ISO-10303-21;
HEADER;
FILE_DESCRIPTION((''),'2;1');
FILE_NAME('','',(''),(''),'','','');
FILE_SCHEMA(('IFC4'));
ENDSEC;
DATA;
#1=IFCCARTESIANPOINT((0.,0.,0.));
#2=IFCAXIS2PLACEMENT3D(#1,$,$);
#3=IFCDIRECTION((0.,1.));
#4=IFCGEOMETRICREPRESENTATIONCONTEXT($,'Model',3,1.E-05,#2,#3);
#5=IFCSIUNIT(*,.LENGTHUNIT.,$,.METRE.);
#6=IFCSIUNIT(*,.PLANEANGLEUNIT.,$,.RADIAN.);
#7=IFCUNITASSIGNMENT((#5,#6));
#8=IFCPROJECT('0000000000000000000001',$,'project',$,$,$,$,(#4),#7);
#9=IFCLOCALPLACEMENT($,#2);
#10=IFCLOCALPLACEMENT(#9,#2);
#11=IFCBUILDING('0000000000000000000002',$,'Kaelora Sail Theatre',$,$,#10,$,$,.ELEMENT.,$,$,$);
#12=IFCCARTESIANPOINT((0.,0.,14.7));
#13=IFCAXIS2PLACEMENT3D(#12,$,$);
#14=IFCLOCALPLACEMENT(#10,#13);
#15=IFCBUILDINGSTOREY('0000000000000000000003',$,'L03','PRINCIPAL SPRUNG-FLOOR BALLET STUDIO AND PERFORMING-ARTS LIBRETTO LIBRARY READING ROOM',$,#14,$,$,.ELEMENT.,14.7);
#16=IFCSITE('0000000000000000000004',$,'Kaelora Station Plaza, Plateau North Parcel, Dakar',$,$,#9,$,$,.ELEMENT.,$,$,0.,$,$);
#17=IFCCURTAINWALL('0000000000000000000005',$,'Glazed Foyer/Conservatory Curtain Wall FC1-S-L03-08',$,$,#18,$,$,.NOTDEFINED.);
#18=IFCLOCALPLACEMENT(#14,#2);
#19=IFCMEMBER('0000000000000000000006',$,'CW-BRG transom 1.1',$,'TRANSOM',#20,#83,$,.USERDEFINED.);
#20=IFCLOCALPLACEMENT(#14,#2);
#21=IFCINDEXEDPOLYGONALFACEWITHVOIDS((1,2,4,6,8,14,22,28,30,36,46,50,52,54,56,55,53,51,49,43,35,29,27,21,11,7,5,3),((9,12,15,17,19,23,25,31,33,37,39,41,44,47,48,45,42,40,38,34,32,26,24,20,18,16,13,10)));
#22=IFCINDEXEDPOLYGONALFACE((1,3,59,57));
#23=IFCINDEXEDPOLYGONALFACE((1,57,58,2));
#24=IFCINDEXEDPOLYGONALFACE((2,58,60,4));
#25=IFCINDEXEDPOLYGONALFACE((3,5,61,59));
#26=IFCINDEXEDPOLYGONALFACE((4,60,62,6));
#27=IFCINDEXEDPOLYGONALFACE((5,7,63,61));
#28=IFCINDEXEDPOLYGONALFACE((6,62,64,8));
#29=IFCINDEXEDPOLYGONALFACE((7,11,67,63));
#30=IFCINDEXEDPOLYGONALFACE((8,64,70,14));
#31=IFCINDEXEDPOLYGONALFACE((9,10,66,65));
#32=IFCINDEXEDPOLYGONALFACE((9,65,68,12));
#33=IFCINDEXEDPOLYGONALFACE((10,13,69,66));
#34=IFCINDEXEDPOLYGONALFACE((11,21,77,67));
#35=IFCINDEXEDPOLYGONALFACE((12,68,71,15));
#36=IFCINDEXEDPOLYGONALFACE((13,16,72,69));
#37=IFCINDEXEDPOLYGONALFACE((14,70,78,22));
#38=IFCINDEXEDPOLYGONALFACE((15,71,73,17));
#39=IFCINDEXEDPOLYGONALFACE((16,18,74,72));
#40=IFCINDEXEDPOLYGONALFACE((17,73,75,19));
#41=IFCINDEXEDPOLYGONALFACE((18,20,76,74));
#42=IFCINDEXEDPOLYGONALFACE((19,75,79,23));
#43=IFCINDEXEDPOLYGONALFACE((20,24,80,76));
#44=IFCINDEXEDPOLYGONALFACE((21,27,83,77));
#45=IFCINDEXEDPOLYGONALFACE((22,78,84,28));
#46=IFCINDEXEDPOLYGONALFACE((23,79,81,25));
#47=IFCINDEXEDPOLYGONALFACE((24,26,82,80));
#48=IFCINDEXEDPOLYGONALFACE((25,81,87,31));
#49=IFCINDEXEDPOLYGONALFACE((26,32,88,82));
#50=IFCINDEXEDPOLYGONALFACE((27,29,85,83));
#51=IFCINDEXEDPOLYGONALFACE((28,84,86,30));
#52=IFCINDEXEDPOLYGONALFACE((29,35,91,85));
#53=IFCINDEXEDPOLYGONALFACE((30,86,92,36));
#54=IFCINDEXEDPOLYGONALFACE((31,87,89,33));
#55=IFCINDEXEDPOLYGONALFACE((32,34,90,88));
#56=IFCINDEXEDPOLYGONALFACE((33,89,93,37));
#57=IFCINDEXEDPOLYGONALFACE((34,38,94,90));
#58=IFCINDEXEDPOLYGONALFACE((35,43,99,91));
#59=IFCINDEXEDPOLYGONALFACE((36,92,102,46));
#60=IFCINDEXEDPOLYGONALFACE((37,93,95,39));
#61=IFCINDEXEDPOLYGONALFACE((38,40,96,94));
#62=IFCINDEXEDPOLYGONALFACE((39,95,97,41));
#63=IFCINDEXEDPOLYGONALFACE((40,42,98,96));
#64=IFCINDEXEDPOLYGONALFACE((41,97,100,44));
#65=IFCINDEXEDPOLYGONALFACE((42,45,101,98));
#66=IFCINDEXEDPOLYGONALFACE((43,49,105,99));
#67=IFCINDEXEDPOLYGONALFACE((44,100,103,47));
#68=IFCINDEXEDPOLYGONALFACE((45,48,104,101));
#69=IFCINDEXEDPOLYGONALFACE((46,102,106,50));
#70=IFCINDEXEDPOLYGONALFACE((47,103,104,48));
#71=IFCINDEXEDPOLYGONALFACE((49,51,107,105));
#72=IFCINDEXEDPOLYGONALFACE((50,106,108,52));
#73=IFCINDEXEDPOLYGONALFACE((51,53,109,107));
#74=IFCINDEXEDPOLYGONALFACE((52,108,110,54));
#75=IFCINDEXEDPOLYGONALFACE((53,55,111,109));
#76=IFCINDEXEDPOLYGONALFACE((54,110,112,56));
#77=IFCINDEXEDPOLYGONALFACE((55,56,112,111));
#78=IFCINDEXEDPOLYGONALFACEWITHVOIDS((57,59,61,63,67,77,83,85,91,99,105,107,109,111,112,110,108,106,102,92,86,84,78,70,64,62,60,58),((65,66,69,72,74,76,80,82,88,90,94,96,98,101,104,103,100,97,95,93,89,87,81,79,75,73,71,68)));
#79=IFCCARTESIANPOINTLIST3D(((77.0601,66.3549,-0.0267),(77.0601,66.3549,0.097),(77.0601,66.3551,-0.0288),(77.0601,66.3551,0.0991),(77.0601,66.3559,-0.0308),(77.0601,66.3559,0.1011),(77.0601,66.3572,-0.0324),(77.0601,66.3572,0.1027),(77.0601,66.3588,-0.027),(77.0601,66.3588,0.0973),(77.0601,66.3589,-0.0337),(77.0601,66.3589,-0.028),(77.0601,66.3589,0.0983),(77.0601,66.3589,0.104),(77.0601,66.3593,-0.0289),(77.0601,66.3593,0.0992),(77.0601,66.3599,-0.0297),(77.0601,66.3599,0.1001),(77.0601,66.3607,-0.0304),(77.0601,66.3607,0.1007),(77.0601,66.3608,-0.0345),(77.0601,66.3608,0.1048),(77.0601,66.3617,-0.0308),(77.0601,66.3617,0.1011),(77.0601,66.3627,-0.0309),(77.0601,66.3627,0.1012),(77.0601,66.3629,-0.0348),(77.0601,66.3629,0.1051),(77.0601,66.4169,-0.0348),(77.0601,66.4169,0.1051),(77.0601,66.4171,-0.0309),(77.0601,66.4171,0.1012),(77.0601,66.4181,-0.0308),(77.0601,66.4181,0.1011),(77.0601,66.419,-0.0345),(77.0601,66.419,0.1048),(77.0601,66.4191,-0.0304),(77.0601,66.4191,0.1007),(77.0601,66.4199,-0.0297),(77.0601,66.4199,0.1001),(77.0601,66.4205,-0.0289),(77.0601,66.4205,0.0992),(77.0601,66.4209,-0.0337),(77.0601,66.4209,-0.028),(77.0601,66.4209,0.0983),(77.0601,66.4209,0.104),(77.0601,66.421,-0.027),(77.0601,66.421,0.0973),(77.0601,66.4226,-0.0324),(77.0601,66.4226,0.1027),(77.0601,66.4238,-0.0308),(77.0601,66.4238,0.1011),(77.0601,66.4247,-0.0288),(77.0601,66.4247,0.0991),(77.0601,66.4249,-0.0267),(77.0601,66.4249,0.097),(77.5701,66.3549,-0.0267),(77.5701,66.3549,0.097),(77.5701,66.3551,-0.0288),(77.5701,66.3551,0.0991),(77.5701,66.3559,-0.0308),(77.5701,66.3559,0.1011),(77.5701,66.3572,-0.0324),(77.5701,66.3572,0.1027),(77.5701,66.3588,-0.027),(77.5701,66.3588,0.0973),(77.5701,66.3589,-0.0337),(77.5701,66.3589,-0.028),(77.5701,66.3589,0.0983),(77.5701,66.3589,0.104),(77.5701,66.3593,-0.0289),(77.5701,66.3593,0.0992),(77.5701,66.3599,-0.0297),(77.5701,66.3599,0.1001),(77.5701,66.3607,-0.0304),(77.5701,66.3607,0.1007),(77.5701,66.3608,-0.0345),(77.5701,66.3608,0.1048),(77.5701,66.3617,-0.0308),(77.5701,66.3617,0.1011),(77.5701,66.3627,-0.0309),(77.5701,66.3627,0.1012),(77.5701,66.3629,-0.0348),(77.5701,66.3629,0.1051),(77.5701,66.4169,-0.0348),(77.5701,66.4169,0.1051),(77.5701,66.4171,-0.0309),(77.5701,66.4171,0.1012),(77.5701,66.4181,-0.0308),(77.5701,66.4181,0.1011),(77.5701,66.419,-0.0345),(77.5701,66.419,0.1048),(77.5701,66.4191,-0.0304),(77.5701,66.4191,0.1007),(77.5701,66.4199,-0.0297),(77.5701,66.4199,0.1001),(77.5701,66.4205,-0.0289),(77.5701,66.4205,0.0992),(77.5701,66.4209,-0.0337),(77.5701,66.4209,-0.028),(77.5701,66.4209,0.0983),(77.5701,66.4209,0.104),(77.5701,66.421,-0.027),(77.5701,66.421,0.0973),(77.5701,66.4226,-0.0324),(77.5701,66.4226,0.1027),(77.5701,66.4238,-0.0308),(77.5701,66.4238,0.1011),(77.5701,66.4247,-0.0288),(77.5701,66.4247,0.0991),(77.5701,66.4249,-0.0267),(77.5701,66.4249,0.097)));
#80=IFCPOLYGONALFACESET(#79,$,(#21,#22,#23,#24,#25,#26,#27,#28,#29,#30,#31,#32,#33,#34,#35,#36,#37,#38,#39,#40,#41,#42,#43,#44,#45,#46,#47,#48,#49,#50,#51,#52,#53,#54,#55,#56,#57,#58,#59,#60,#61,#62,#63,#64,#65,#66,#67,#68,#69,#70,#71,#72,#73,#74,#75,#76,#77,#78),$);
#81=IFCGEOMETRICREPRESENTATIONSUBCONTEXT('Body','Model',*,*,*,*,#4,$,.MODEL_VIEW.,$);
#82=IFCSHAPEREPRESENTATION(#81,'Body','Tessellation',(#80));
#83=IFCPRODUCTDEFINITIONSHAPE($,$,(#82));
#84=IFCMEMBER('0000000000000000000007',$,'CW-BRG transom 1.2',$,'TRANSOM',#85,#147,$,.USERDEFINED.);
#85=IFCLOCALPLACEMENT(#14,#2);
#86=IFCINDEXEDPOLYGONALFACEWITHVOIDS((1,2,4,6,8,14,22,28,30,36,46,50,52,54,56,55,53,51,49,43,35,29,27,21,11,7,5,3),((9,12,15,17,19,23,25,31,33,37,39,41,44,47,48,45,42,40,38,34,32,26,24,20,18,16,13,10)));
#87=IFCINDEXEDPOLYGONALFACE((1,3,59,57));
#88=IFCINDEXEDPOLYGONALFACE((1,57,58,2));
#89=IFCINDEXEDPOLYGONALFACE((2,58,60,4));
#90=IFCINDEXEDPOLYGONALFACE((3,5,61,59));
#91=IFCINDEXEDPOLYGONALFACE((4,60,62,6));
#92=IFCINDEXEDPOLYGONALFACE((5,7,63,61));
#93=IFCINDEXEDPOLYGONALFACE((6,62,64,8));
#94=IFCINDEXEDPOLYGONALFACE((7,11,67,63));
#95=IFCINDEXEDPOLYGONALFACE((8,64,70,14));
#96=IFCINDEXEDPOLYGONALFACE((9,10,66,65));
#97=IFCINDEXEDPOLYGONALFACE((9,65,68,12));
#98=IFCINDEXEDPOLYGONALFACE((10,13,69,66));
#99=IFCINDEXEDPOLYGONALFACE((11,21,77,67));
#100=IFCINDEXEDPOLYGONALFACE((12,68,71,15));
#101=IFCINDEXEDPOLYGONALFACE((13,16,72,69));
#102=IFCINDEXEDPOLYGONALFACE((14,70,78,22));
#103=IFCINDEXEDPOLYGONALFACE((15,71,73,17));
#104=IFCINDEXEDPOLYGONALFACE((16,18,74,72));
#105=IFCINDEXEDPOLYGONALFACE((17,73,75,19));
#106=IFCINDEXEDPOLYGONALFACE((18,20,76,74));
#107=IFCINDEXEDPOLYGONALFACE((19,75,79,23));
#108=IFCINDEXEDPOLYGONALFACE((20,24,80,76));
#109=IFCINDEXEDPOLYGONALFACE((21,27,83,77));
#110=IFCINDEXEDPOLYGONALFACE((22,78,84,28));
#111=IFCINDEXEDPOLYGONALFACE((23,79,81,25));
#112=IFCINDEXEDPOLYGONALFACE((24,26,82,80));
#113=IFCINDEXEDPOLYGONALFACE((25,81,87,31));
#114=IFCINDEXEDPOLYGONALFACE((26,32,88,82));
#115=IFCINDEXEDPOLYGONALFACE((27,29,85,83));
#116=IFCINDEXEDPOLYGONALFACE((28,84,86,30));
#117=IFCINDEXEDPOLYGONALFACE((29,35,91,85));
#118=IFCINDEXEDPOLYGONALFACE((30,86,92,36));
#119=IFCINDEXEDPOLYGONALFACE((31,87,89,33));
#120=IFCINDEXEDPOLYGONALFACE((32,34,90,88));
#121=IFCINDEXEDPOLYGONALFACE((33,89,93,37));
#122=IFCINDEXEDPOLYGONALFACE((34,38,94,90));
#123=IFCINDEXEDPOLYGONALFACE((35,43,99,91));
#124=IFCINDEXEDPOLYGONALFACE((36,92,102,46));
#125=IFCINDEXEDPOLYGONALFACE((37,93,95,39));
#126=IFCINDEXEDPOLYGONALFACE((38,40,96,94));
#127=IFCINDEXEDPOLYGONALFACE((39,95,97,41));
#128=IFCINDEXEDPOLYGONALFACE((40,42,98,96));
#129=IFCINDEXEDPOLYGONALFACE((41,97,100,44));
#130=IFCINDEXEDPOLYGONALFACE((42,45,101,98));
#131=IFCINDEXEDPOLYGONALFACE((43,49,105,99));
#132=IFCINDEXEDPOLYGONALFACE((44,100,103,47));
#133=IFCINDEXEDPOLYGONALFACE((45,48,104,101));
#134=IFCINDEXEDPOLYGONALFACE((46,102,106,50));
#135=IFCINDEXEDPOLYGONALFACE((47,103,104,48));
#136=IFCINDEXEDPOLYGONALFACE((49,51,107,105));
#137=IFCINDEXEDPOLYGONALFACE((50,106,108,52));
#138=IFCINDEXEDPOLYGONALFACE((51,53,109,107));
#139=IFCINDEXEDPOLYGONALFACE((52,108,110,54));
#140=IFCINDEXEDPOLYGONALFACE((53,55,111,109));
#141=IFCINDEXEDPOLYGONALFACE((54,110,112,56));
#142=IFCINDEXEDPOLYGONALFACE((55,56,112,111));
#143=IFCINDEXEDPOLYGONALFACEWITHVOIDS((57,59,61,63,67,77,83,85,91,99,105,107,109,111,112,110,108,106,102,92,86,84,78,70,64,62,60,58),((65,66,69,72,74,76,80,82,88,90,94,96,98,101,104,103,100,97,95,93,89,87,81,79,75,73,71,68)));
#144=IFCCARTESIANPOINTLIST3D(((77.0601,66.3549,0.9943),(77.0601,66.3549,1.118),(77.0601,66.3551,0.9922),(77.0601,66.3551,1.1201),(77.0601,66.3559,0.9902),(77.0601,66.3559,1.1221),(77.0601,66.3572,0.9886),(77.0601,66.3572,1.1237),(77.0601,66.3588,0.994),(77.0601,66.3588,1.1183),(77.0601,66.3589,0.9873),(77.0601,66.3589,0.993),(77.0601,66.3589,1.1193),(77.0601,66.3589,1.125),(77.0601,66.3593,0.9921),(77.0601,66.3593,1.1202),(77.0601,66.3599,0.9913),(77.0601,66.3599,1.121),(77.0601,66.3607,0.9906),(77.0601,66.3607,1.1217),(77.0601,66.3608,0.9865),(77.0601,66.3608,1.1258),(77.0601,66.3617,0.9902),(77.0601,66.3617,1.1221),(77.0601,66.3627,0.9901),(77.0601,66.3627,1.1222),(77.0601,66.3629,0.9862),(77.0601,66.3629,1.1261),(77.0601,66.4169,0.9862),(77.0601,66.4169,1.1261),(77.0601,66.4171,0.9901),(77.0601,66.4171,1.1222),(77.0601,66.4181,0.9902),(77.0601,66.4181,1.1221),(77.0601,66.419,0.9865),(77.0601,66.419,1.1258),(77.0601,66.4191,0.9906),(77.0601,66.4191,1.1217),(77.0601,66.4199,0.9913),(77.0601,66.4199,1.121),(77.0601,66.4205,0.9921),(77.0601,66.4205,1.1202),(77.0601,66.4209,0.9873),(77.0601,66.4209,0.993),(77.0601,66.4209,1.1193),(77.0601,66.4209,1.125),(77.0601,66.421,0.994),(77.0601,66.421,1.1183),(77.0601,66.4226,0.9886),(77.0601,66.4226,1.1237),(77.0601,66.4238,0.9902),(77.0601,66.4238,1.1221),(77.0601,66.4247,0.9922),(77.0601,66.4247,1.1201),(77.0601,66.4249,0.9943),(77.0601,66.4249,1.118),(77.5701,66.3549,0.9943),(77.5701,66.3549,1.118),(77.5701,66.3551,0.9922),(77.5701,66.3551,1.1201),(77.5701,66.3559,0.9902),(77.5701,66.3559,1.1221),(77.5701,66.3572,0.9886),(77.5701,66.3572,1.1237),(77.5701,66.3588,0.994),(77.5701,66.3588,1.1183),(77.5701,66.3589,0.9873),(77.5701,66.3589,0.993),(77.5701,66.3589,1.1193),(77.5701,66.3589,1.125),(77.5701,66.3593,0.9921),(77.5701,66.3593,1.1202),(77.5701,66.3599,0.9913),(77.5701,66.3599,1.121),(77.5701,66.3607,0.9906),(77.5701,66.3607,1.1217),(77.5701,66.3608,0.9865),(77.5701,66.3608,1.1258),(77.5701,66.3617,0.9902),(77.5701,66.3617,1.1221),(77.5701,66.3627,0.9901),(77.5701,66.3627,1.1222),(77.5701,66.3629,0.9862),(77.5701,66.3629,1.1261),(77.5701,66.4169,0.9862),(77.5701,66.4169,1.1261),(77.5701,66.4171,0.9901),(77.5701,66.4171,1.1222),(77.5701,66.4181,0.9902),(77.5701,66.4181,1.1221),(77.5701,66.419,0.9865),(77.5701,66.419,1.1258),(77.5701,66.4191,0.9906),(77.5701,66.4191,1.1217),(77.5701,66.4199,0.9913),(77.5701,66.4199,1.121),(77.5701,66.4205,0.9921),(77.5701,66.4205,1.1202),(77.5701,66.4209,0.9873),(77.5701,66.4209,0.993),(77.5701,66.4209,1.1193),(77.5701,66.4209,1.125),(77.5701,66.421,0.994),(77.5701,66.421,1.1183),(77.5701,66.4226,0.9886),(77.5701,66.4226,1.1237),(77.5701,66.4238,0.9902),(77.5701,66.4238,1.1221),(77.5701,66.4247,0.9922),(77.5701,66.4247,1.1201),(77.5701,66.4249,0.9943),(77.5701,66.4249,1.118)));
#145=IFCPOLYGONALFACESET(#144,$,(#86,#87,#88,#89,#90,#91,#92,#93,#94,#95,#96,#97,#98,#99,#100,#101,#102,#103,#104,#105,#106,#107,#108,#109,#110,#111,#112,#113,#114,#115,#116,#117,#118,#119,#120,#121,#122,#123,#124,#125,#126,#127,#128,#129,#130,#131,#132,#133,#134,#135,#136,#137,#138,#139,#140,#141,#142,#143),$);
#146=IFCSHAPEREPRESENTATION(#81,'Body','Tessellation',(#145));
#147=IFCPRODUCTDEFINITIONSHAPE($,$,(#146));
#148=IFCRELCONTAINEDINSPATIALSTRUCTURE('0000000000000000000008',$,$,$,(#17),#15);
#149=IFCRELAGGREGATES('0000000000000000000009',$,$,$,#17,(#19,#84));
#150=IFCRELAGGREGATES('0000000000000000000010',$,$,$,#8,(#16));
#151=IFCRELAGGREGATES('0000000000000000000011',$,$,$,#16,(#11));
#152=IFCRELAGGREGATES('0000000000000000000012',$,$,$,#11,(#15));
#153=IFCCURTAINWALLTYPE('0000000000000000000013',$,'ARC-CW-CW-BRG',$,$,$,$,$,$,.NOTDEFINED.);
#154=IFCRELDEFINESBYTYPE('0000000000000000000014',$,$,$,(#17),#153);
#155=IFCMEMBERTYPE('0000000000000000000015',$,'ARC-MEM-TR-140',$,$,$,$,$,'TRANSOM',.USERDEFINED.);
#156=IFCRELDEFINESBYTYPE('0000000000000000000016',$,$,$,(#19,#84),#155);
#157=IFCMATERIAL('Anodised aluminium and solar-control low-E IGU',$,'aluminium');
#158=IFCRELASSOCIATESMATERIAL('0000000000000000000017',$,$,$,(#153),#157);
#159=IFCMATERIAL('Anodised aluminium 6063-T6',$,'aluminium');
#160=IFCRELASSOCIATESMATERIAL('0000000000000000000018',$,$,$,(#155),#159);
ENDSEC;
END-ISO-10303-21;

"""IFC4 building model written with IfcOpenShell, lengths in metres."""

from ifc_helpers import new_model, si_unit, direction, frame, origin, origin_2d, place, context, subcontext, project, spatial, hollow_rectangle, extrude, material, material_profile, profile_set, type_object, element, aggregate, save


model = new_model("IFC4")

# Units and contexts
model_context = context("Model", 3, precision=1e-05, world=origin(), true_north=direction((0.0, 1.0)))
body_context = subcontext(model_context, "Body", "Model", "MODEL_VIEW")
ifc_project = project(units=[si_unit("LENGTHUNIT", "METRE"), si_unit("PLANEANGLEUNIT", "RADIAN")], contexts=[model_context])

# Site, building, storey
site_placement = place(None, origin())
site = spatial("IfcSite", under=ifc_project, at=site_placement, Name="Kaelora Station Plaza, Plateau North Parcel, Dakar", CompositionType="ELEMENT", RefElevation=0.0)
building_placement = place(site_placement, origin())
building = spatial("IfcBuilding", under=site, at=building_placement, Name="Kaelora Sail Theatre", CompositionType="ELEMENT")
storey_placement = place(building_placement, frame((0.0, 0.0, 14.7)))
storey = spatial("IfcBuildingStorey", under=building, at=storey_placement, Name="L03", Description="PRINCIPAL SPRUNG-FLOOR BALLET STUDIO AND PERFORMING-ARTS LIBRETTO LIBRARY READING ROOM", CompositionType="ELEMENT", Elevation=14.7)

# Curtain wall
ifc_material_1 = material(Name="Anodised aluminium and solar-control low-E IGU", Category="aluminium")
curtain_wall_type = type_object("IfcCurtainWallType", Name="ARC-CW-CW-BRG", PredefinedType="NOTDEFINED", material=ifc_material_1)
curtain_wall_1_placement = place(storey_placement, origin())
curtain_wall_1 = element("IfcCurtainWall", 1, at=curtain_wall_1_placement, inside=storey, type_object=curtain_wall_type, Name="Glazed Foyer/Conservatory Curtain Wall FC1-S-L03-08", PredefinedType="NOTDEFINED")

# Members
ifc_material_2 = material(Name="Anodised aluminium 6063-T6", Category="aluminium")
ifc_material_profile_1 = material_profile(ifc_material_2, hollow_rectangle(XDim=0.0701, YDim=0.1399, WallThickness=0.0039, InnerFilletRadius=0.0039, OuterFilletRadius=0.0081, at=origin_2d()), Name="ALU-TRAN 70x140x4")
ifc_profile_set_1 = profile_set([ifc_material_profile_1], Name="Anodised aluminium 6063-T6")
member_type_1 = type_object("IfcMemberType", Name="ARC-MEM-TR-140", ElementType="TRANSOM", PredefinedType="USERDEFINED", material=ifc_profile_set_1)
member_1_placement = place(storey_placement, frame((77.0601, 66.3899, 0.0352), z_axis=(1.0, 0.0, 0.0), x_axis=(0.0, 1.0, 0.0)))
member_1 = element("IfcMember", 2, at=member_1_placement, type_object=member_type_1, Name="CW-BRG transom 1.1", ObjectType="TRANSOM", PredefinedType="USERDEFINED", context=body_context, shape_type="SweptSolid", body=[
    extrude(hollow_rectangle(XDim=0.0701, YDim=0.1399, WallThickness=0.0039, InnerFilletRadius=0.0039, OuterFilletRadius=0.0081, at=origin_2d()), origin(), (0.0, 0.0, 1.0), 0.51),
])
member_2_placement = place(storey_placement, frame((77.0601, 66.3899, 1.0562), z_axis=(1.0, 0.0, 0.0), x_axis=(0.0, 1.0, 0.0)))
member_2 = element("IfcMember", 3, at=member_2_placement, type_object=member_type_1, Name="CW-BRG transom 1.2", ObjectType="TRANSOM", PredefinedType="USERDEFINED", context=body_context, shape_type="SweptSolid", body=[
    extrude(hollow_rectangle(XDim=0.0701, YDim=0.1399, WallThickness=0.0039, InnerFilletRadius=0.0039, OuterFilletRadius=0.0081, at=origin_2d()), origin(), (0.0, 0.0, 1.0), 0.51),
])

aggregate(curtain_wall_1, [member_1, member_2])

save(model, "model.ifc")
